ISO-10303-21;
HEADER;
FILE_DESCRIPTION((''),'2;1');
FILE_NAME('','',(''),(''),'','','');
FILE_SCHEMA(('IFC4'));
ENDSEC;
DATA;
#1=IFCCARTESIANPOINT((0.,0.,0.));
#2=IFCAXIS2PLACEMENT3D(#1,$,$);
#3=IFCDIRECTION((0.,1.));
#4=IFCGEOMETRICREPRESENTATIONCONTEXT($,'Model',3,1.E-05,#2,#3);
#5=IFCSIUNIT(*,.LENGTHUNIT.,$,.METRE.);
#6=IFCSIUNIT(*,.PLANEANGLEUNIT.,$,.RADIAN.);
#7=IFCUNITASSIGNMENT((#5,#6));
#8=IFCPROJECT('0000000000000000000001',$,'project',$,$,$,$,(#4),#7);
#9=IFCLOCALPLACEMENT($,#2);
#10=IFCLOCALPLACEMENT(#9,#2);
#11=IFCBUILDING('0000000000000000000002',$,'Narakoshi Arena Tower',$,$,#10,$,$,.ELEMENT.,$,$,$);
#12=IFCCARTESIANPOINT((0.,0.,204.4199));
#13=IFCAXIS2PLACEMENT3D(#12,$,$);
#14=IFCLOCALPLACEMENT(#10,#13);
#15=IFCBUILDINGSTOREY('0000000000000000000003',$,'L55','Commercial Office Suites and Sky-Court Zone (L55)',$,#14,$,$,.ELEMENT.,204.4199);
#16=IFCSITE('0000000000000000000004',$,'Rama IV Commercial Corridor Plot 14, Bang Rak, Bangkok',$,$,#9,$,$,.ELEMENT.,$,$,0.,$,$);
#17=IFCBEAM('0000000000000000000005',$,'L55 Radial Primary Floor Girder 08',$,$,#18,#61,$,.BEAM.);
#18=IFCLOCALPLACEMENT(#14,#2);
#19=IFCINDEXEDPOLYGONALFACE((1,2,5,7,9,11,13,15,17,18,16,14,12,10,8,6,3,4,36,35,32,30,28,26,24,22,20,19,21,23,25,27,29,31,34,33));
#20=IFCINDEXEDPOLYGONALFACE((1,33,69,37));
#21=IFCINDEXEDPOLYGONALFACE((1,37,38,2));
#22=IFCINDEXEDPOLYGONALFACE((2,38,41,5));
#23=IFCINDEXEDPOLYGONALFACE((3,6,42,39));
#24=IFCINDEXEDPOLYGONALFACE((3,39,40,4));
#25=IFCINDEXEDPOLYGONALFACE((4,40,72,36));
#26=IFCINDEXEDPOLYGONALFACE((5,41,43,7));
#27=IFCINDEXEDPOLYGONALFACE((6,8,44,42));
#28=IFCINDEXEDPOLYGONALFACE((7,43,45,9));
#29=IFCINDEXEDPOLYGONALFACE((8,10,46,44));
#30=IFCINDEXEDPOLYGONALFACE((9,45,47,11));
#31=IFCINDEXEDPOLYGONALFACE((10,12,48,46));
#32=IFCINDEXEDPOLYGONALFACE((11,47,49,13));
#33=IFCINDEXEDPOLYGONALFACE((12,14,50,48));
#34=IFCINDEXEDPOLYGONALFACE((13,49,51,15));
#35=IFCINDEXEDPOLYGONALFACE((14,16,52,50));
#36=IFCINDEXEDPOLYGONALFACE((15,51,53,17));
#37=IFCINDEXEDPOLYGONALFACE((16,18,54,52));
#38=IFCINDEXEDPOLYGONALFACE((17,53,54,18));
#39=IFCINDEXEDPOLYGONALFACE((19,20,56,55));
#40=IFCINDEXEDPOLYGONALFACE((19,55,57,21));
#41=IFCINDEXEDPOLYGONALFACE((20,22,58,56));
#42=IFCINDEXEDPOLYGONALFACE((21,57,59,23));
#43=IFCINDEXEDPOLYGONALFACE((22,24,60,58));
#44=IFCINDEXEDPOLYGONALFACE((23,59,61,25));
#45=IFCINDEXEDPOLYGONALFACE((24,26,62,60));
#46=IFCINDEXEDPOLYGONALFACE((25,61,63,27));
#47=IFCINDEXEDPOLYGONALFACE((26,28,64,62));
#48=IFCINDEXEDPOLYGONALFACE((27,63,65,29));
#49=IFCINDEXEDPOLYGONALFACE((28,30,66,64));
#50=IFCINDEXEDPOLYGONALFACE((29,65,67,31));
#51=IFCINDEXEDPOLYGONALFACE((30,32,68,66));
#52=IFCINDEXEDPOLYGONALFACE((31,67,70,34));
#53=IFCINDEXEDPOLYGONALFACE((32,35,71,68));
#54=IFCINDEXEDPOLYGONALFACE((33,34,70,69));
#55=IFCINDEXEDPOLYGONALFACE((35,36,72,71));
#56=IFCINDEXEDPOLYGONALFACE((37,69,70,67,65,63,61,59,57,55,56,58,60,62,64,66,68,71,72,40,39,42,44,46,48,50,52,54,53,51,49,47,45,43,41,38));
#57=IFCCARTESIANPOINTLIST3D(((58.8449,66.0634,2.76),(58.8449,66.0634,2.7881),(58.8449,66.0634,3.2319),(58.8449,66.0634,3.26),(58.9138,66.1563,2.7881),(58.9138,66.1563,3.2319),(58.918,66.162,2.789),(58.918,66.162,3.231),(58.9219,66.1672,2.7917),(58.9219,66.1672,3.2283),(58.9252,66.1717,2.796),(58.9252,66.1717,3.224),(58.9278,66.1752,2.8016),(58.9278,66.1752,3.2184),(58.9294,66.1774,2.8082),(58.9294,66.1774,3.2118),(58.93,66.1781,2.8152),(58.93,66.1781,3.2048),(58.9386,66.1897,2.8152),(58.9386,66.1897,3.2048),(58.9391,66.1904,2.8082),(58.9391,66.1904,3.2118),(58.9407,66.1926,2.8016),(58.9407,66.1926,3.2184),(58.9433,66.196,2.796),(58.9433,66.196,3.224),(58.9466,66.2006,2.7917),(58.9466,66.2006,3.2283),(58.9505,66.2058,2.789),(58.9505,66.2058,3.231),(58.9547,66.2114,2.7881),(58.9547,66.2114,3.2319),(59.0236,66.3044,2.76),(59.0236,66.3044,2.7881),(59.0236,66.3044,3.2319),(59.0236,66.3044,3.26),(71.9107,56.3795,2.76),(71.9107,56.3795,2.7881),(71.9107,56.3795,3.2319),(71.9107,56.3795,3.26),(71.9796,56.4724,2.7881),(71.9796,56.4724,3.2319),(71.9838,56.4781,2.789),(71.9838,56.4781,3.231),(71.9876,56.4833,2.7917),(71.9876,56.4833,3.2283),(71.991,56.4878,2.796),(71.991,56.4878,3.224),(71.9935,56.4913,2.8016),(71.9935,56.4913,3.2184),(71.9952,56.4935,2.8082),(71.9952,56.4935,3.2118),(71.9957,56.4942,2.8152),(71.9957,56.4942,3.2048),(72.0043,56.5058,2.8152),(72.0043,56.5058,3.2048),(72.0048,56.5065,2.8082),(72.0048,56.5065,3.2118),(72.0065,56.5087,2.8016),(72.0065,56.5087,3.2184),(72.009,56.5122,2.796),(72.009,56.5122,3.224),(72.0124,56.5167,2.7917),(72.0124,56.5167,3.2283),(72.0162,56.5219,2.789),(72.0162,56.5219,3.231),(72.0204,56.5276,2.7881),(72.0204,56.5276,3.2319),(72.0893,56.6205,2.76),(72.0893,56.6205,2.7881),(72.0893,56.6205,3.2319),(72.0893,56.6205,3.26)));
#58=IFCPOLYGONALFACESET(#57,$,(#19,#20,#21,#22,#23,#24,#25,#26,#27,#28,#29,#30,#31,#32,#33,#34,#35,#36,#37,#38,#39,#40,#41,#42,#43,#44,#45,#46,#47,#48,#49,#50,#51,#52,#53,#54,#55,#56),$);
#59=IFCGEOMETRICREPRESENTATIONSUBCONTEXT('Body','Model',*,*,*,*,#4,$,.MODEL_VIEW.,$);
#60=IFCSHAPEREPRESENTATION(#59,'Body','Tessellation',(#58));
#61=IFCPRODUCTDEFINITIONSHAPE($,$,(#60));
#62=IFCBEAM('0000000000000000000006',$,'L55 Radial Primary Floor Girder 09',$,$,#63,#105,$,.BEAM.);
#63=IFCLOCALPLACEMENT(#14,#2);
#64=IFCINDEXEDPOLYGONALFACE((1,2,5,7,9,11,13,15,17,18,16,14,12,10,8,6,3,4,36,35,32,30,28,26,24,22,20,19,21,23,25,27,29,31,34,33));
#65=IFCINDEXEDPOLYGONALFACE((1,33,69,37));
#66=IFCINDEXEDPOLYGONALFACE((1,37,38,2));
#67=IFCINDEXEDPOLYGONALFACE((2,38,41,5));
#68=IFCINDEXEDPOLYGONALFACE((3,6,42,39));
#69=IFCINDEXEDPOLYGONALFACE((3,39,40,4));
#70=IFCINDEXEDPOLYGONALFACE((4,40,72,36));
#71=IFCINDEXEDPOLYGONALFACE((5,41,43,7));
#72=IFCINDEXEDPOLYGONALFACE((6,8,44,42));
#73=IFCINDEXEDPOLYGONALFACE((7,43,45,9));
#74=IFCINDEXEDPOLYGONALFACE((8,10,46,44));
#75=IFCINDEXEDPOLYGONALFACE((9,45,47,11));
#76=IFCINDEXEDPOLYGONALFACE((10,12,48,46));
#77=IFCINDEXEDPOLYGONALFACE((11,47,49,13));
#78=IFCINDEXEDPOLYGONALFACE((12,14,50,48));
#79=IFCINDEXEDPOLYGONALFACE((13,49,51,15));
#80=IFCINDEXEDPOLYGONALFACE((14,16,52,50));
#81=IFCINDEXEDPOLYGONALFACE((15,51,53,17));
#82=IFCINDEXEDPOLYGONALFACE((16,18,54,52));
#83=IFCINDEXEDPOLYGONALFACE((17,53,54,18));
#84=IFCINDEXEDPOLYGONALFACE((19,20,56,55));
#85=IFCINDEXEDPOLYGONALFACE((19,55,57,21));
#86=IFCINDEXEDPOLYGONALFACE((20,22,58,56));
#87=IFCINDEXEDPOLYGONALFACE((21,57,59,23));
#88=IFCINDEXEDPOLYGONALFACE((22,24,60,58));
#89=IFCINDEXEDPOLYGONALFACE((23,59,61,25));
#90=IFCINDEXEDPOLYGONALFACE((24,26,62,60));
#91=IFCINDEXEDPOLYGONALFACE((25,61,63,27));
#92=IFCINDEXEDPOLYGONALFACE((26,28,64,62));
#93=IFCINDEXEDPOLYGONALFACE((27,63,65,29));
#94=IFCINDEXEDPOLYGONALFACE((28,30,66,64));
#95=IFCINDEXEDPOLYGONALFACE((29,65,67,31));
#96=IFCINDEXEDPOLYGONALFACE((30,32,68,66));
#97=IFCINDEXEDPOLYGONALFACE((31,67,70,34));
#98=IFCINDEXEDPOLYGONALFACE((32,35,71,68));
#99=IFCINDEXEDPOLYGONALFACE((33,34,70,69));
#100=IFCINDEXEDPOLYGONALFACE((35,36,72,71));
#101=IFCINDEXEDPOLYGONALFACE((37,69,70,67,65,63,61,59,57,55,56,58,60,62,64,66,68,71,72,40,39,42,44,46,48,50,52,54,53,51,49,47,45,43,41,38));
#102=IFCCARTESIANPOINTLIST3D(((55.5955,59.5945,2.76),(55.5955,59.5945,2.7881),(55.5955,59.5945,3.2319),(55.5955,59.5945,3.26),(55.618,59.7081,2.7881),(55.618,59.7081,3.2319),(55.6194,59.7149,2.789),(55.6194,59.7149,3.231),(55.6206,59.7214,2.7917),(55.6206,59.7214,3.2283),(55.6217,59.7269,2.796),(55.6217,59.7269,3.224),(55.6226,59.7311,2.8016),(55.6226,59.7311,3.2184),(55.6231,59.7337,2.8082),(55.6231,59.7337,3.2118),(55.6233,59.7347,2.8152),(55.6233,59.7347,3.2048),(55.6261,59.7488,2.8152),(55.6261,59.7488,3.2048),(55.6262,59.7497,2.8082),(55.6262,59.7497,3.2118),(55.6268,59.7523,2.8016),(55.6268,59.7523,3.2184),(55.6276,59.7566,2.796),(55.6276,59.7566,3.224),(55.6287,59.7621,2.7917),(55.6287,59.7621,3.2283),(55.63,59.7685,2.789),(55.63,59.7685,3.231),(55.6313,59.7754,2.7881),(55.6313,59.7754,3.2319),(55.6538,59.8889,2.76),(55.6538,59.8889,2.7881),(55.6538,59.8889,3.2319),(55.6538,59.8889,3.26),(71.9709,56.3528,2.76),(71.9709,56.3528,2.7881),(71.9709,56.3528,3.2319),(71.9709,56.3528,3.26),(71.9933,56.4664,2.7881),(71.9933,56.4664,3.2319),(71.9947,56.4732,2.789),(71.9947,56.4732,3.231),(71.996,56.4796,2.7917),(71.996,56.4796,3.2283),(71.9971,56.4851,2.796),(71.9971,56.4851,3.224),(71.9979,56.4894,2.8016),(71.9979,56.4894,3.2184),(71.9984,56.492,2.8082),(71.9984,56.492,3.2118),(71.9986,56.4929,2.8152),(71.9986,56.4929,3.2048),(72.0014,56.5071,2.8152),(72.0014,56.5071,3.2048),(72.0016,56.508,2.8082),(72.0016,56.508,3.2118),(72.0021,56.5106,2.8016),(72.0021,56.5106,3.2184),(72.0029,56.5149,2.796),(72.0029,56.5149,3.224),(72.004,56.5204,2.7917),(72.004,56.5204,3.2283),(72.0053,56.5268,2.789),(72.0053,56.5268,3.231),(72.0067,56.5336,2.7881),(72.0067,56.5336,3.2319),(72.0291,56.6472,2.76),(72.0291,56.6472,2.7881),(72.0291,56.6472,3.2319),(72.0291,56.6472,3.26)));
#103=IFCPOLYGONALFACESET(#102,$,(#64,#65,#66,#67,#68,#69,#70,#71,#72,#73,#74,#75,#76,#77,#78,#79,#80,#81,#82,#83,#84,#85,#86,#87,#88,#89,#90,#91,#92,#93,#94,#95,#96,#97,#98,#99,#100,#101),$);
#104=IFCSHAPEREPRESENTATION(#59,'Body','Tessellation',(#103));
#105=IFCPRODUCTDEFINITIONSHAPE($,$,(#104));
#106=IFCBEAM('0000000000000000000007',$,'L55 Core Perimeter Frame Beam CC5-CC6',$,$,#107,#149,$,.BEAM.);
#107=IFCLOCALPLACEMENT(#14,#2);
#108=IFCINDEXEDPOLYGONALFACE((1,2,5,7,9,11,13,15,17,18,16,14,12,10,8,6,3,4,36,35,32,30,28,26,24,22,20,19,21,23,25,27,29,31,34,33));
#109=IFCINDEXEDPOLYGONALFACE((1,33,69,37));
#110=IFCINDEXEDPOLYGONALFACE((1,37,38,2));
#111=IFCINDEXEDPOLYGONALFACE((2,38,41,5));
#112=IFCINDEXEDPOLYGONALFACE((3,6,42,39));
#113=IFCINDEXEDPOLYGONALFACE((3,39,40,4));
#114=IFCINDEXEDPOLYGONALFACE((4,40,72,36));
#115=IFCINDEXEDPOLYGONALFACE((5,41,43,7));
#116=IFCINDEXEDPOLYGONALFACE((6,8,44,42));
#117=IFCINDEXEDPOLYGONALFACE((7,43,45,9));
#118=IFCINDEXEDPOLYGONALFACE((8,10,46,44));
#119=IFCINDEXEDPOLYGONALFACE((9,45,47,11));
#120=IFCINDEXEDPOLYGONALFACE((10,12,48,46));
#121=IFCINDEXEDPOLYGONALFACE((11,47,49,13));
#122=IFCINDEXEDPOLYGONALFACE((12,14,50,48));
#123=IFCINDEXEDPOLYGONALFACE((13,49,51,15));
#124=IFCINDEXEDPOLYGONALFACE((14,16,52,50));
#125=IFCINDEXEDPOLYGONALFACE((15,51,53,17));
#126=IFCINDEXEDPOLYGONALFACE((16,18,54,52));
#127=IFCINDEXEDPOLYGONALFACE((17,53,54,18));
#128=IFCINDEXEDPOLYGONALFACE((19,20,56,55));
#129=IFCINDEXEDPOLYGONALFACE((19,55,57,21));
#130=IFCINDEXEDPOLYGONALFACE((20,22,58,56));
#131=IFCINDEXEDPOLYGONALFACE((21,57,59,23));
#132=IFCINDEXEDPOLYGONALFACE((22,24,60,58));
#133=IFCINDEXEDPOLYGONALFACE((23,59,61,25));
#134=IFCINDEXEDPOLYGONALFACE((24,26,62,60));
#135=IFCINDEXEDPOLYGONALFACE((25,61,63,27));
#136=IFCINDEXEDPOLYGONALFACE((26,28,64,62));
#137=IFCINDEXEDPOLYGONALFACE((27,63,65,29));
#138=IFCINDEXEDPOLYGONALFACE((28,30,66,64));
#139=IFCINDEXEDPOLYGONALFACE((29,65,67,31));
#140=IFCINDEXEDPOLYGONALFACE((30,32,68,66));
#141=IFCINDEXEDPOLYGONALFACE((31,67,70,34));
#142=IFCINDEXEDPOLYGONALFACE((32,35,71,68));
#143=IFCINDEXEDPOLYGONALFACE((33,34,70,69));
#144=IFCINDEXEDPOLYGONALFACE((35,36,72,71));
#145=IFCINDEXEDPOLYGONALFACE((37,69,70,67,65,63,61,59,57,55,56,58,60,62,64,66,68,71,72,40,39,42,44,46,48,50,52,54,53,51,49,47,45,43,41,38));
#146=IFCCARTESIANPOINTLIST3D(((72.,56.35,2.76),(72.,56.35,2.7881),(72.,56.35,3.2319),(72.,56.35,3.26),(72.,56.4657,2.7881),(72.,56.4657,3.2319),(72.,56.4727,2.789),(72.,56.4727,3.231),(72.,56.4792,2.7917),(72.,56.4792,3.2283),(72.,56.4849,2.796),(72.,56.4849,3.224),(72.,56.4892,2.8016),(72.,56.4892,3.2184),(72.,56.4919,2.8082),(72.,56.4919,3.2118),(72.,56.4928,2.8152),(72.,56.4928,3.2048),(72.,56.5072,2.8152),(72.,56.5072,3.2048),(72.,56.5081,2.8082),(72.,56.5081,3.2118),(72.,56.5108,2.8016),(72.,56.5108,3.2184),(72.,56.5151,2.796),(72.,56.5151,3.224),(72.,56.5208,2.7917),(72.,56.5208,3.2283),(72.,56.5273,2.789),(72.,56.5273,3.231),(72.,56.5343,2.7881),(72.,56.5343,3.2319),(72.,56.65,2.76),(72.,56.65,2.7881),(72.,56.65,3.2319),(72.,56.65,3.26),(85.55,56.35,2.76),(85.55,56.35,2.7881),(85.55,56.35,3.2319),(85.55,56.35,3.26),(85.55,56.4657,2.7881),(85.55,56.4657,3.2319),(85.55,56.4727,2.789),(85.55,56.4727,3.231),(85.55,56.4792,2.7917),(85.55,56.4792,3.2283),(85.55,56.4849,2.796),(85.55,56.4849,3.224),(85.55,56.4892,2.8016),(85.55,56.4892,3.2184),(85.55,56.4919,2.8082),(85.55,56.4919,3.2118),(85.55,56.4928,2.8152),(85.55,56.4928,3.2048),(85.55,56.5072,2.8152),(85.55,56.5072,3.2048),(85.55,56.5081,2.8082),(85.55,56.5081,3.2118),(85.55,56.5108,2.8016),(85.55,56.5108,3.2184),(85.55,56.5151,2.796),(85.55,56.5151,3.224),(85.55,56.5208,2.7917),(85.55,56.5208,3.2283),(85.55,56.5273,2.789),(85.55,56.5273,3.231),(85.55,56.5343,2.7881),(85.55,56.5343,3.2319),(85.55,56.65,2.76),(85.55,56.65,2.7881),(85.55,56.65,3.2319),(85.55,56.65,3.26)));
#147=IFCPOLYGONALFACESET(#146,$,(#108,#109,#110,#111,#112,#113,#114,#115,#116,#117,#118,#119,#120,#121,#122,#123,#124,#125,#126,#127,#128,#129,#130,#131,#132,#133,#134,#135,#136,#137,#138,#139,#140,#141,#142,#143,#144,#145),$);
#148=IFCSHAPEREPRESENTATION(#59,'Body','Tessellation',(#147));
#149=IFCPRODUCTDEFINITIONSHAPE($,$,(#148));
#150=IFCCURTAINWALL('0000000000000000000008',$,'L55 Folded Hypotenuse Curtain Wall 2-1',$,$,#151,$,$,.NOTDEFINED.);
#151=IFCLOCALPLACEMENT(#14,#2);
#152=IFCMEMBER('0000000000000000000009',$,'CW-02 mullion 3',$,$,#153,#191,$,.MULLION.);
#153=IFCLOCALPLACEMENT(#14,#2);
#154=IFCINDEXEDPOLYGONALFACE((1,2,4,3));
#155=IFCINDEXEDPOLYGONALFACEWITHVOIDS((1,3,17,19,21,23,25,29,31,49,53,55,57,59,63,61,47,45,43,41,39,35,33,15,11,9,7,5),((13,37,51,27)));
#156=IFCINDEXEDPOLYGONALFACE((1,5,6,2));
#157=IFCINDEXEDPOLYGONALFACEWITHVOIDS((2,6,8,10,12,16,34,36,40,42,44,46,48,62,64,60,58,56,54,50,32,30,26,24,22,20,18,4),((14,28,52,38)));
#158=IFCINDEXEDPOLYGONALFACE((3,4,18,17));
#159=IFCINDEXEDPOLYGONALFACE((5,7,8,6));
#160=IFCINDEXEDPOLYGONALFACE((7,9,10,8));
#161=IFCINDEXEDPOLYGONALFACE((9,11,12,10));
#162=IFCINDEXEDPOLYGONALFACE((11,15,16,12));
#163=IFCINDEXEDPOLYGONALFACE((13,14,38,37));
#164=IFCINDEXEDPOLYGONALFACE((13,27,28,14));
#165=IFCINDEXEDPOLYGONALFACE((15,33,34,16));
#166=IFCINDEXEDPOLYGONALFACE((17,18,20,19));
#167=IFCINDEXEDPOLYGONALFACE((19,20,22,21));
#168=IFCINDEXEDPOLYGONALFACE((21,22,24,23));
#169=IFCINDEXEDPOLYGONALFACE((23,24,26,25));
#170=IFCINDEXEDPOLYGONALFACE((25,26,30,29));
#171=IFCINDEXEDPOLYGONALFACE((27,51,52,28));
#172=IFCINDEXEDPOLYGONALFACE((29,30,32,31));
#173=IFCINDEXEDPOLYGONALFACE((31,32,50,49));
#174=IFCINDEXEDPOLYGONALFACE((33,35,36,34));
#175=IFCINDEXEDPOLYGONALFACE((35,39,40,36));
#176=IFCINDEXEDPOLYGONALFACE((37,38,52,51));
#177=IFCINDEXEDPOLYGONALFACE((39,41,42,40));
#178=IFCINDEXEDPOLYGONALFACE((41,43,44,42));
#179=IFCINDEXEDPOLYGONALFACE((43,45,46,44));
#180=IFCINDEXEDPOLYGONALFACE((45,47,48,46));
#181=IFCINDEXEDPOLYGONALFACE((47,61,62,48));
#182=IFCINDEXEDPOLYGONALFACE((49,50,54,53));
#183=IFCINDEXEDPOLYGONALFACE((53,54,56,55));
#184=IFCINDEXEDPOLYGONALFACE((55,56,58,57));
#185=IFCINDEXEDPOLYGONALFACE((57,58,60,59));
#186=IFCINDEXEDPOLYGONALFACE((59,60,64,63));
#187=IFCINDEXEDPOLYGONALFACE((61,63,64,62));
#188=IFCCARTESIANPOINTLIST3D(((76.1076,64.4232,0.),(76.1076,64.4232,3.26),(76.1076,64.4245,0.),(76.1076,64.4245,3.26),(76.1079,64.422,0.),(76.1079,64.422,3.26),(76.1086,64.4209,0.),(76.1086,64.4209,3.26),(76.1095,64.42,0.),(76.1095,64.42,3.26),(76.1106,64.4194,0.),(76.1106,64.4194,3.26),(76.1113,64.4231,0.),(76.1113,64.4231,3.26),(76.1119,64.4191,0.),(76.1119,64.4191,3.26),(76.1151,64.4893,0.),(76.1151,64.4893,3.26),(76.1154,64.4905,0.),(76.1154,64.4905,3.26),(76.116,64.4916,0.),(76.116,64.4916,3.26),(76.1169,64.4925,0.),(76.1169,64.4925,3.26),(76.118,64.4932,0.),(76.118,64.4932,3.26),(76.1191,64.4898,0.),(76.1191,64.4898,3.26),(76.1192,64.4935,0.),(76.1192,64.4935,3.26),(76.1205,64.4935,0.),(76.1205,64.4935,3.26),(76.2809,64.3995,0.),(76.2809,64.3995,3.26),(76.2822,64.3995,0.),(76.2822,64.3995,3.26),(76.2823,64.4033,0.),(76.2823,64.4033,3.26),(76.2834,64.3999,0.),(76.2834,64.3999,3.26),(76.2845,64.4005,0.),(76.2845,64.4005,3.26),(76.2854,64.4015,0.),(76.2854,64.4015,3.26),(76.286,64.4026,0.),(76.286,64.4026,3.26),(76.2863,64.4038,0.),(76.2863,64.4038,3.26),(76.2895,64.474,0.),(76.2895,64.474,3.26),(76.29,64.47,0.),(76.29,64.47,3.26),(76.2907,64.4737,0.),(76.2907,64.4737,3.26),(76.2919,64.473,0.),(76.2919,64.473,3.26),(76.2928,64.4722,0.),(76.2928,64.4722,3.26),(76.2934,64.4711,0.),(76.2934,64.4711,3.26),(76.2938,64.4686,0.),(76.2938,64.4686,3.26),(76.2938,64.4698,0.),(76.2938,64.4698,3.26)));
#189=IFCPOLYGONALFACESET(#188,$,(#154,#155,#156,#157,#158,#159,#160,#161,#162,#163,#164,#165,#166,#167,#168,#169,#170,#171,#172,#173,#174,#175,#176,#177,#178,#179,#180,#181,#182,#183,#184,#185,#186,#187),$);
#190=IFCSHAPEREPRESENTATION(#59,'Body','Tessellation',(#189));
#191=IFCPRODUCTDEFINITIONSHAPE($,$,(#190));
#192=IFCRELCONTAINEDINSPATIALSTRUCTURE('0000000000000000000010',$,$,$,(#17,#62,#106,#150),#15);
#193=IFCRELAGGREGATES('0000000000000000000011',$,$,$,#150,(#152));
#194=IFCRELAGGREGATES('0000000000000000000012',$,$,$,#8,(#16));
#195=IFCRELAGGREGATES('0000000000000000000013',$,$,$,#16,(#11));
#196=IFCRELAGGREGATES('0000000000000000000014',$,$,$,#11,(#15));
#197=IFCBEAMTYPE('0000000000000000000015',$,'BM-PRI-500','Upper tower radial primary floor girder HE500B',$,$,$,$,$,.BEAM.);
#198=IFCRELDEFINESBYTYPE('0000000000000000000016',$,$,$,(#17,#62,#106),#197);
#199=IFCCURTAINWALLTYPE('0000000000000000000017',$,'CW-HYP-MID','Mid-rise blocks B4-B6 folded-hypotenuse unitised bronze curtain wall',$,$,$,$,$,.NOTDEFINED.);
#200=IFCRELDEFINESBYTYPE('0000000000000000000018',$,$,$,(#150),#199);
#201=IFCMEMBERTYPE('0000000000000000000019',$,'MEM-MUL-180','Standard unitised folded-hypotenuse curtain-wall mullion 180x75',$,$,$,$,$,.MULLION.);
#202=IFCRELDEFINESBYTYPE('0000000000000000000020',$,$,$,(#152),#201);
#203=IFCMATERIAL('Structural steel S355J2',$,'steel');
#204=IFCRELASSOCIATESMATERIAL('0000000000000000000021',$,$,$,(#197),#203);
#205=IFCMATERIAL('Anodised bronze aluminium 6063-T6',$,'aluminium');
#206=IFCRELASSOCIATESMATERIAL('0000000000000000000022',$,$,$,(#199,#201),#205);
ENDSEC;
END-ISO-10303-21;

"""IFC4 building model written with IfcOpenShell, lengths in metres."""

from ifc_helpers import new_model, si_unit, direction, frame, origin, origin_2d, place, context, subcontext, project, spatial, hollow_rectangle, i_section, extrude, material, material_profile, profile_set, type_object, element, aggregate, save


model = new_model("IFC4")

# Units and contexts
model_context = context("Model", 3, precision=1e-05, world=origin(), true_north=direction((0.0, 1.0)))
body_context = subcontext(model_context, "Body", "Model", "MODEL_VIEW")
ifc_project = project(units=[si_unit("LENGTHUNIT", "METRE"), si_unit("PLANEANGLEUNIT", "RADIAN")], contexts=[model_context])

# Site, building, storey
site_placement = place(None, origin())
site = spatial("IfcSite", under=ifc_project, at=site_placement, Name="Rama IV Commercial Corridor Plot 14, Bang Rak, Bangkok", CompositionType="ELEMENT", RefElevation=0.0)
building_placement = place(site_placement, origin())
building = spatial("IfcBuilding", under=site, at=building_placement, Name="Narakoshi Arena Tower", CompositionType="ELEMENT")
storey_placement = place(building_placement, frame((0.0, 0.0, 204.4199)))
storey = spatial("IfcBuildingStorey", under=building, at=storey_placement, Name="L55", Description="Commercial Office Suites and Sky-Court Zone (L55)", CompositionType="ELEMENT", Elevation=204.4199)

# Beams
ifc_material_1 = material(Name="Structural steel S355J2", Category="steel")
ifc_material_profile_1 = material_profile(ifc_material_1, i_section(OverallWidth=0.3, OverallDepth=0.5, WebThickness=0.0144, FlangeThickness=0.0281, FilletRadius=0.0271, at=origin_2d()), Name="HE500B")
ifc_profile_set_1 = profile_set([ifc_material_profile_1], Name="Structural steel S355J2")
beam_type = type_object("IfcBeamType", Name="BM-PRI-500", Description="Upper tower radial primary floor girder HE500B", PredefinedType="BEAM", material=ifc_profile_set_1)
beam_1_placement = place(storey_placement, frame((72.0, 56.5, 3.01), z_axis=(-0.803394, 0.595448, 0.0), x_axis=(-0.595448, -0.803394, 0.0)))
element("IfcBeam", 1, at=beam_1_placement, inside=storey, type_object=beam_type, Name="L55 Radial Primary Floor Girder 08", PredefinedType="BEAM", context=body_context, shape_type="SweptSolid", body=[
    extrude(i_section(OverallWidth=0.3, OverallDepth=0.5, WebThickness=0.0144, FlangeThickness=0.0281, FilletRadius=0.0271, at=origin_2d()), origin(), (0.0, 0.0, 1.0), 16.2632),
])
beam_2_placement = place(storey_placement, frame((72.0, 56.5, 3.01), z_axis=(-0.980963, 0.194195, 0.0), x_axis=(-0.194195, -0.980963, 0.0)))
element("IfcBeam", 2, at=beam_2_placement, inside=storey, type_object=beam_type, Name="L55 Radial Primary Floor Girder 09", PredefinedType="BEAM", context=body_context, shape_type="SweptSolid", body=[
    extrude(i_section(OverallWidth=0.3, OverallDepth=0.5, WebThickness=0.0144, FlangeThickness=0.0281, FilletRadius=0.0271, at=origin_2d()), origin(), (0.0, 0.0, 1.0), 16.6931),
])
beam_3_placement = place(storey_placement, frame((72.0, 56.5, 3.01), z_axis=(1.0, 0.0, 0.0), x_axis=(0.0, 1.0, 0.0)))
element("IfcBeam", 3, at=beam_3_placement, inside=storey, type_object=beam_type, Name="L55 Core Perimeter Frame Beam CC5-CC6", PredefinedType="BEAM", context=body_context, shape_type="SweptSolid", body=[
    extrude(i_section(OverallWidth=0.3, OverallDepth=0.5, WebThickness=0.0144, FlangeThickness=0.0281, FilletRadius=0.0271, at=origin_2d()), origin(), (0.0, 0.0, 1.0), 13.55),
])

# Curtain wall, member
ifc_material_2 = material(Name="Anodised bronze aluminium 6063-T6", Category="aluminium")
curtain_wall_type = type_object("IfcCurtainWallType", Name="CW-HYP-MID", Description="Mid-rise blocks B4-B6 folded-hypotenuse unitised bronze curtain wall", PredefinedType="NOTDEFINED", material=ifc_material_2)
curtain_wall_placement = place(storey_placement, origin())
curtain_wall = element("IfcCurtainWall", 4, at=curtain_wall_placement, inside=storey, type_object=curtain_wall_type, Name="L55 Folded Hypotenuse Curtain Wall 2-1", PredefinedType="NOTDEFINED")
ifc_material_profile_2 = material_profile(ifc_material_2, hollow_rectangle(XDim=0.075, YDim=0.1799, WallThickness=0.0039, OuterFilletRadius=0.0049, at=origin_2d()), Name="MUL180x75x4")
ifc_profile_set_2 = profile_set([ifc_material_profile_2], Name="Anodised bronze aluminium 6063-T6")
member_type_1 = type_object("IfcMemberType", Name="MEM-MUL-180", Description="Standard unitised folded-hypotenuse curtain-wall mullion 180x75", PredefinedType="MULLION", material=ifc_profile_set_2)
member_1_placement = place(storey_placement, frame((76.2007, 64.4465, 0.0), z_axis=(0.0, 0.0, 1.0), x_axis=(-0.115011, -0.993364, 0.0)))
member_1 = element("IfcMember", 5, at=member_1_placement, type_object=member_type_1, Name="CW-02 mullion 3", PredefinedType="MULLION", context=body_context, shape_type="SweptSolid", body=[
    extrude(hollow_rectangle(XDim=0.075, YDim=0.1799, WallThickness=0.0039, OuterFilletRadius=0.0049, at=origin_2d()), origin(), (0.0, 0.0, 1.0), 3.26),
])
aggregate(curtain_wall, [member_1])

save(model, "model.ifc")
